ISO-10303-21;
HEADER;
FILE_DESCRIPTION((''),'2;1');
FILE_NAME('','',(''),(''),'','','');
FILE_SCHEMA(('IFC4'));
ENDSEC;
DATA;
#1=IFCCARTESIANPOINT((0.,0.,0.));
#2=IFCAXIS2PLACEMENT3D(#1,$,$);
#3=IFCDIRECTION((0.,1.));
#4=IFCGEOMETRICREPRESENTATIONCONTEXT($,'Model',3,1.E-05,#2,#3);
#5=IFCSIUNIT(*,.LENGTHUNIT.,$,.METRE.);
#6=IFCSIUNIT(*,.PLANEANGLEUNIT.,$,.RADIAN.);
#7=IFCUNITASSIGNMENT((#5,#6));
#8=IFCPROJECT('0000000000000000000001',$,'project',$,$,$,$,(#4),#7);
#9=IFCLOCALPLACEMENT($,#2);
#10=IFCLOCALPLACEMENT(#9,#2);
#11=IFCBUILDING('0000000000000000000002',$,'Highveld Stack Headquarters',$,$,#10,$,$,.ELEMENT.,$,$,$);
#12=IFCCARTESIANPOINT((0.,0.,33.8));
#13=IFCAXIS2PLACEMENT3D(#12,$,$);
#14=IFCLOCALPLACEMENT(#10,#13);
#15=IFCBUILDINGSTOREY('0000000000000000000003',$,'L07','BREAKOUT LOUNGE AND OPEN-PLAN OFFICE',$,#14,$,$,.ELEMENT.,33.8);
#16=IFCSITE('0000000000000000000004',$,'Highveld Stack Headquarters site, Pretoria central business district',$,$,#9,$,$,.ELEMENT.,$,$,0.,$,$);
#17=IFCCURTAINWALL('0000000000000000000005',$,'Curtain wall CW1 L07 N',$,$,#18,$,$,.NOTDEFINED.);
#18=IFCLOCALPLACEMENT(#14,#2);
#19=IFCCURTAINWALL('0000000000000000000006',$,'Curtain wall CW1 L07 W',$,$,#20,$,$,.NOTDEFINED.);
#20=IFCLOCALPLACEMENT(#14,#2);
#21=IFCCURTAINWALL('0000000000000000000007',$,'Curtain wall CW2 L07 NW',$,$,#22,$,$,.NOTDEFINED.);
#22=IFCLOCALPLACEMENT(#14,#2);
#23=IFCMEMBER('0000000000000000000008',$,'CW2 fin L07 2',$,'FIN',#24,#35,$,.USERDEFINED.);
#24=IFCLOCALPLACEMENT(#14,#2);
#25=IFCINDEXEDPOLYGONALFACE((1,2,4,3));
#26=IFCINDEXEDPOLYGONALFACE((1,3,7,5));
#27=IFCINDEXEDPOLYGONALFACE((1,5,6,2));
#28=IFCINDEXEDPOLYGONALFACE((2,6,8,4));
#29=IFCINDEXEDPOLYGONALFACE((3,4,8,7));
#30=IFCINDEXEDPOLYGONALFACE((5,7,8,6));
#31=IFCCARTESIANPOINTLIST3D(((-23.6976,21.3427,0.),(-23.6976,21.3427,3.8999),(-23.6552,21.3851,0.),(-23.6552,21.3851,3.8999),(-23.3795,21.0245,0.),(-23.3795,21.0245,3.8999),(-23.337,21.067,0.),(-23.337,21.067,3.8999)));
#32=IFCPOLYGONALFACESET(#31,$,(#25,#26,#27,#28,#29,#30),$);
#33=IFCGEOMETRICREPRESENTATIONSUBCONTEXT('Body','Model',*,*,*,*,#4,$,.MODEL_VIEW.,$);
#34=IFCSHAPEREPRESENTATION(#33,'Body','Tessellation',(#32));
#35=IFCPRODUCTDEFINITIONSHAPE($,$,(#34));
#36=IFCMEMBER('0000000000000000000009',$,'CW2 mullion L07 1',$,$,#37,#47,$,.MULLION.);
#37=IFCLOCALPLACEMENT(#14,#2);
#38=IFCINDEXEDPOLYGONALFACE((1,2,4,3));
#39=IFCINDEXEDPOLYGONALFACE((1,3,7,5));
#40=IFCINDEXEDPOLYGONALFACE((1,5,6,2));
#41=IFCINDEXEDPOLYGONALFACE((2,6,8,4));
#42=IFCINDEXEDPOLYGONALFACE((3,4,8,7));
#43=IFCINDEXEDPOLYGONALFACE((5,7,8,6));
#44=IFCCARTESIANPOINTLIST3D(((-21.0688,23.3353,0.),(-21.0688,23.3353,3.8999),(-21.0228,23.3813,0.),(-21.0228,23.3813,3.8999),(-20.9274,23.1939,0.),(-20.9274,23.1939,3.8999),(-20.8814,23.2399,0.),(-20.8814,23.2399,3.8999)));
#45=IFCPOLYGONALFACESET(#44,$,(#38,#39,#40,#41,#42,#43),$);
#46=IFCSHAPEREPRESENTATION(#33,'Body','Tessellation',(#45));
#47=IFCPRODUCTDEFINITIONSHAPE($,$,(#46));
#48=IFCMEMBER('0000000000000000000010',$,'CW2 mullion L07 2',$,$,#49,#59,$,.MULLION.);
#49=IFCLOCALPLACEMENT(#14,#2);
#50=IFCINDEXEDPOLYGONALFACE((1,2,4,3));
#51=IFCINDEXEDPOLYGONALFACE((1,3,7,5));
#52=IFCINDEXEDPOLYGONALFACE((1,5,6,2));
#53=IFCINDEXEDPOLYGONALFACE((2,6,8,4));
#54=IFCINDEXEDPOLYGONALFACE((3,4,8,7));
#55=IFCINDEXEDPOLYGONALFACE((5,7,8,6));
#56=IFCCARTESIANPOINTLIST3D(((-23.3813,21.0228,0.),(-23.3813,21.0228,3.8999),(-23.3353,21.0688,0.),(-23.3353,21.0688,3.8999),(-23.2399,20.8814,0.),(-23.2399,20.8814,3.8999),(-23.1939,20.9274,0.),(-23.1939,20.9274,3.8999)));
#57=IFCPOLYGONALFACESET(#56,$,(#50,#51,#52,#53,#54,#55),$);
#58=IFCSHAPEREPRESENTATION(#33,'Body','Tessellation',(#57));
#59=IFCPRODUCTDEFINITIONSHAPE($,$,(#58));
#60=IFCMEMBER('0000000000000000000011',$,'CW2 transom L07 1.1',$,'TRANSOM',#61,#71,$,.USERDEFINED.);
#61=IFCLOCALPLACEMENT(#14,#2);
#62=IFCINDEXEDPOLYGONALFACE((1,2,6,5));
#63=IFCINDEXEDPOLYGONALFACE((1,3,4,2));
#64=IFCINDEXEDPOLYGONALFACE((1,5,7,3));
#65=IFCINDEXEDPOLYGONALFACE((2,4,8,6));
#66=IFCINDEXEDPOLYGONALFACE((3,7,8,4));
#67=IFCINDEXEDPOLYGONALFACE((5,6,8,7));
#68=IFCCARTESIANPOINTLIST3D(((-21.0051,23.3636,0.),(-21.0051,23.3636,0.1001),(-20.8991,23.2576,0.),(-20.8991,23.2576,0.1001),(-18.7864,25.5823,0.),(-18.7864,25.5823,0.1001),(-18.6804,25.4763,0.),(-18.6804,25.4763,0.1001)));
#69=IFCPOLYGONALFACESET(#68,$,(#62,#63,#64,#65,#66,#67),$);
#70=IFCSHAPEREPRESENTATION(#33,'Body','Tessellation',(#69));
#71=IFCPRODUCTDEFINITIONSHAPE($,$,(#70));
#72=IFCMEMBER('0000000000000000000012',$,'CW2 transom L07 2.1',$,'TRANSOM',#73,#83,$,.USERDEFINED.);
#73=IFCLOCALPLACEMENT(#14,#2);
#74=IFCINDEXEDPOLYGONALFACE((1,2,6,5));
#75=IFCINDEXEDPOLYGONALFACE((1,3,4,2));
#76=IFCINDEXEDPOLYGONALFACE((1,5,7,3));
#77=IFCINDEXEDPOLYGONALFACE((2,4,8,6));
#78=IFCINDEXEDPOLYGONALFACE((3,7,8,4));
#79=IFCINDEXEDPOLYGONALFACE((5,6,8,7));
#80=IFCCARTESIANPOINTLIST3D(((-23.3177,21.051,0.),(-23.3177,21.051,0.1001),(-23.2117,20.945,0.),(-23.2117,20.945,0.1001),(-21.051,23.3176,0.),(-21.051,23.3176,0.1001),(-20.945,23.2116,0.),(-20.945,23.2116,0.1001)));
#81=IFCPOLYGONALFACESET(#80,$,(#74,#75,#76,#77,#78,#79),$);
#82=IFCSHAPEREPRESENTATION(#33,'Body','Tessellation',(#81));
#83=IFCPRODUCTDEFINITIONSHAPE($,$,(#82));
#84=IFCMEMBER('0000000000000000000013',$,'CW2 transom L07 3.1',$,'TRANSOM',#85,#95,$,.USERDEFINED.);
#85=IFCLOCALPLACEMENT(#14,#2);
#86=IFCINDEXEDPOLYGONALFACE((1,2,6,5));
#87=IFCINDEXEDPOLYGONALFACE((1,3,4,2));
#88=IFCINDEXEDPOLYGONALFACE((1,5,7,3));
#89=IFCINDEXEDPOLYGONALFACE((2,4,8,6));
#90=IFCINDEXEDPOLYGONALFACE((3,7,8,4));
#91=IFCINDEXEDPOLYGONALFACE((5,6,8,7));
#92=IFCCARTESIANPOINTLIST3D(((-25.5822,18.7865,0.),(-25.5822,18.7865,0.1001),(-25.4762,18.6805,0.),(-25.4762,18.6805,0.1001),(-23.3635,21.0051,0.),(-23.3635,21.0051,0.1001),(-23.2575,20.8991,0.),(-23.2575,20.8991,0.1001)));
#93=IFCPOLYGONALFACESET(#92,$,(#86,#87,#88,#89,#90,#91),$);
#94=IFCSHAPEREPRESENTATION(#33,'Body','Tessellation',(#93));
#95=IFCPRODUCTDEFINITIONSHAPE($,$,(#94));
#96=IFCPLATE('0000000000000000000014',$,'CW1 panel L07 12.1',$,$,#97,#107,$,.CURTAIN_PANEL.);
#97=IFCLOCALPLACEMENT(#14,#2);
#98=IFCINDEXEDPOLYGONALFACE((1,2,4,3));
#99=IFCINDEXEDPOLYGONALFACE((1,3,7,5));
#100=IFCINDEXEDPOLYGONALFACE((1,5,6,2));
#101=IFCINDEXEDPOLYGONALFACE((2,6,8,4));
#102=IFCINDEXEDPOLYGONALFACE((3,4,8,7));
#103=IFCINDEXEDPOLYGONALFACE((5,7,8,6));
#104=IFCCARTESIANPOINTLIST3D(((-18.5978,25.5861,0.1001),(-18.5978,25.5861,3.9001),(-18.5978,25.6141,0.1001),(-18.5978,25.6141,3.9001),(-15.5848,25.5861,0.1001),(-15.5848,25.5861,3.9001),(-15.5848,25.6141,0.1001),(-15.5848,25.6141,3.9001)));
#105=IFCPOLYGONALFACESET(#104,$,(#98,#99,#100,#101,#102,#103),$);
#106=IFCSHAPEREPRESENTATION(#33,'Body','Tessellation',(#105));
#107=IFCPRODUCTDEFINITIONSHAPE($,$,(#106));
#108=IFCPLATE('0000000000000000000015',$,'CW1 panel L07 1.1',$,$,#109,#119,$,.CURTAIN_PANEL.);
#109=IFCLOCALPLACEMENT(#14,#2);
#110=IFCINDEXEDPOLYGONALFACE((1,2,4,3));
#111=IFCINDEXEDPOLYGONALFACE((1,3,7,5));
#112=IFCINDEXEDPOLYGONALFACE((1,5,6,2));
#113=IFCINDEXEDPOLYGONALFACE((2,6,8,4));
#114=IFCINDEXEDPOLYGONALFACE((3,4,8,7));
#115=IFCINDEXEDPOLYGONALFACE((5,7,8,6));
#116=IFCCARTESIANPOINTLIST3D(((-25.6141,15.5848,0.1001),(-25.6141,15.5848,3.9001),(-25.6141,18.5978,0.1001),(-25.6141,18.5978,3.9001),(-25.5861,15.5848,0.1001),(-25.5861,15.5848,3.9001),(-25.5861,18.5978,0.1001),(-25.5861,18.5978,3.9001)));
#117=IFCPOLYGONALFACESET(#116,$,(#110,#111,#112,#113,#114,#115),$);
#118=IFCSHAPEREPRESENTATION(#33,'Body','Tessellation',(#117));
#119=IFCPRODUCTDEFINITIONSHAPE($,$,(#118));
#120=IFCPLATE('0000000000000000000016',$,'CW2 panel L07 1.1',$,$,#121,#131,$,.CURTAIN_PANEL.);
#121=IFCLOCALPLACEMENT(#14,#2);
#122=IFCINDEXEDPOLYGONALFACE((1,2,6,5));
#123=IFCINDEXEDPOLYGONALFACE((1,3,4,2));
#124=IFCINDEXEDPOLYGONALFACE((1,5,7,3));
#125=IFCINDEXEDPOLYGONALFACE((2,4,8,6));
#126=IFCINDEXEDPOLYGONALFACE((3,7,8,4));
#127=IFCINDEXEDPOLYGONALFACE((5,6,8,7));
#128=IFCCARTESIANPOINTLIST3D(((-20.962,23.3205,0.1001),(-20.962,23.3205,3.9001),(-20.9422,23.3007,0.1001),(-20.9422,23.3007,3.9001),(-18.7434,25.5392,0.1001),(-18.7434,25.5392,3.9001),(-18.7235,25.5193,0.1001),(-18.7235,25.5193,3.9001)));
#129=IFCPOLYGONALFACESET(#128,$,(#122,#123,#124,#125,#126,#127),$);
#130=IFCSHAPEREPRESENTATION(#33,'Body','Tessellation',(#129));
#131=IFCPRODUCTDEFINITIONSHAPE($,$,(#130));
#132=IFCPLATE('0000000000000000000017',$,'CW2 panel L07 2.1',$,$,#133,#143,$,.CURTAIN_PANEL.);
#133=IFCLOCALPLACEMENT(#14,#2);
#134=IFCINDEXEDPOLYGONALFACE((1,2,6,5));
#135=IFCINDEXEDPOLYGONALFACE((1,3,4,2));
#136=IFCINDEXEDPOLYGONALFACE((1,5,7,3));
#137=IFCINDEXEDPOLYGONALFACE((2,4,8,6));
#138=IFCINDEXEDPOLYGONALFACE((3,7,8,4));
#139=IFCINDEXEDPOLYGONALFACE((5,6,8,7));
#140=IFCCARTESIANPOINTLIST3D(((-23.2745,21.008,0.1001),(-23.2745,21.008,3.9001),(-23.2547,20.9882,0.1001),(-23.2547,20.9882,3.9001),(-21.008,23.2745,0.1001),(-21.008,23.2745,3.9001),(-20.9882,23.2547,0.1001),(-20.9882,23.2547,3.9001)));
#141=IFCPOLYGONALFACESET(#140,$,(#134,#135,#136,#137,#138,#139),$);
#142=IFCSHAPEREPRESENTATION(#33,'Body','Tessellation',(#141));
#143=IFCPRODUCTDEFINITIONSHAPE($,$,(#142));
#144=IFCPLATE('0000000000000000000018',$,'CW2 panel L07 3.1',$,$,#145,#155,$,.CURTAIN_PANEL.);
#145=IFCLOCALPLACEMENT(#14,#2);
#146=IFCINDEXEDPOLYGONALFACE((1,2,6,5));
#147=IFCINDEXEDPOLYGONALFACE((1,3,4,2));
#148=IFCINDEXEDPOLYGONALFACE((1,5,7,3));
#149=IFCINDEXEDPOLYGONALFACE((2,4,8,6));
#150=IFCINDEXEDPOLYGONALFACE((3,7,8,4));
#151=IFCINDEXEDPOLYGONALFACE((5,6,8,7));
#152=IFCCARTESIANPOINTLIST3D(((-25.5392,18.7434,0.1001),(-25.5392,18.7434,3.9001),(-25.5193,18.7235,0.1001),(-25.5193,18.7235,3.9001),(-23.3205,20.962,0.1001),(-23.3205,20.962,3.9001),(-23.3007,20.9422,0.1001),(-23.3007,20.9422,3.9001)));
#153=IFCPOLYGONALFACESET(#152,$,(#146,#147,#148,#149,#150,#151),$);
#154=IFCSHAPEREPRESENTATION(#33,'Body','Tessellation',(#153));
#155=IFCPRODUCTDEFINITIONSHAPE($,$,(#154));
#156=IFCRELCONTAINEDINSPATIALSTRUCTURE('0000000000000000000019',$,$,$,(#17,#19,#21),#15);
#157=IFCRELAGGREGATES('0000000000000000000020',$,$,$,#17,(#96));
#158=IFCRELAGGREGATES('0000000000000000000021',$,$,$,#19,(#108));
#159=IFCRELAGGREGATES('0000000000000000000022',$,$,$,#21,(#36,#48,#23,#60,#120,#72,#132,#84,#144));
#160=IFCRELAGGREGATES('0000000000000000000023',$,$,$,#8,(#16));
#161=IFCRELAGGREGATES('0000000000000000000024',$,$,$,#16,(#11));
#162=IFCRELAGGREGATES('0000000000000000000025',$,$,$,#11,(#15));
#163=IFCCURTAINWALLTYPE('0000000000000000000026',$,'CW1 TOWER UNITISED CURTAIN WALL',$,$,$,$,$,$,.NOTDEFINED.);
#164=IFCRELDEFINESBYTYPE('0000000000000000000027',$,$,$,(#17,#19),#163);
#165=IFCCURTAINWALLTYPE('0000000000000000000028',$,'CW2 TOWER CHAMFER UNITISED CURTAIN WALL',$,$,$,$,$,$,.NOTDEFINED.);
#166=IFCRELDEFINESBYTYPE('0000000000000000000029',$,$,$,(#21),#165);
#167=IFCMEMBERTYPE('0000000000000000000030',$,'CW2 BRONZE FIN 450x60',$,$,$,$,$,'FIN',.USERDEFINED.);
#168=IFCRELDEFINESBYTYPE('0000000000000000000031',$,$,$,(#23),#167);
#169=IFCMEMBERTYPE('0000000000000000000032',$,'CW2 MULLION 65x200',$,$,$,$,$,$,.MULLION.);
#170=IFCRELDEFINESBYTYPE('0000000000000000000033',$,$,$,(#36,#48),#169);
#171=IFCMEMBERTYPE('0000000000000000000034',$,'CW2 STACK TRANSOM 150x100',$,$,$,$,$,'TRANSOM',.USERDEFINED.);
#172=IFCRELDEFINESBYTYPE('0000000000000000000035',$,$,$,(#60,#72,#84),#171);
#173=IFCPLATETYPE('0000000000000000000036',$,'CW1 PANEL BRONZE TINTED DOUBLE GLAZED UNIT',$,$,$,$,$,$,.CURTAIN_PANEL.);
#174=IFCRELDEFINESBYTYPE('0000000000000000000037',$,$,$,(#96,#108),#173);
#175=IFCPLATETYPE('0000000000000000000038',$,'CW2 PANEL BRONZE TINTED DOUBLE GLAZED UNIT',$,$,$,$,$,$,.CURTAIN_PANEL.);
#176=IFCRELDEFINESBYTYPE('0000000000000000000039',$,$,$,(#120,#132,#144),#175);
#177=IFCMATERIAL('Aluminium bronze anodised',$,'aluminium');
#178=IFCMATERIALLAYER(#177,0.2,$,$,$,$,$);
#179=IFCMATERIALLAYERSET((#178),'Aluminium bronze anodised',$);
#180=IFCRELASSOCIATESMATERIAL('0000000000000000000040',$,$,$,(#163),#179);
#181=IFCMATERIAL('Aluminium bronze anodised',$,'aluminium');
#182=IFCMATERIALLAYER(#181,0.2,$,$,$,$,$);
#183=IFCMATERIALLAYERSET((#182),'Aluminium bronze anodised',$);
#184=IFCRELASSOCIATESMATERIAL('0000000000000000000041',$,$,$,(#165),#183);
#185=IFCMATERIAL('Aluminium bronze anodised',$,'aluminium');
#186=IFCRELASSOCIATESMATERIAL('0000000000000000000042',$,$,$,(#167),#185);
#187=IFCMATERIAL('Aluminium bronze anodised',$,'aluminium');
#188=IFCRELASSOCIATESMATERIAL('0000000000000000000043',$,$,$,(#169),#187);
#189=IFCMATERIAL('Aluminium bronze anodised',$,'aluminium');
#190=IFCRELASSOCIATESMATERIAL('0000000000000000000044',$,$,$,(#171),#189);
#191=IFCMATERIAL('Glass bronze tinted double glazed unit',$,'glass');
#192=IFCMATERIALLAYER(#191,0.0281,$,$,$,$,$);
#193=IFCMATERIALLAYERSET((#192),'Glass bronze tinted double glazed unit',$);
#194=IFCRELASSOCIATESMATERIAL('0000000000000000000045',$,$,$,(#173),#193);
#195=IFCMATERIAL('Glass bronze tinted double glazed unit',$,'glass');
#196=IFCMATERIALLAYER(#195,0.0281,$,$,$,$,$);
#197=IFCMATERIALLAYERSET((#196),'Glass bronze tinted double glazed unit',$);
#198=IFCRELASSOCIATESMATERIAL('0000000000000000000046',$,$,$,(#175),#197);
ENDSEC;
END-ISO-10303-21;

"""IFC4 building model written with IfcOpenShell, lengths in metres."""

from ifc_helpers import new_model, si_unit, direction, frame, origin, origin_2d, place, context, subcontext, project, spatial, rectangle, extrude, material, layer, layer_set, material_profile, profile_set, type_object, element, aggregate, save


model = new_model("IFC4")

# Units and contexts
model_context = context("Model", 3, precision=1e-05, world=origin(), true_north=direction((0.0, 1.0)))
body_context = subcontext(model_context, "Body", "Model", "MODEL_VIEW")
ifc_project = project(units=[si_unit("LENGTHUNIT", "METRE"), si_unit("PLANEANGLEUNIT", "RADIAN")], contexts=[model_context])

# Site, building, storey
site_placement = place(None, origin())
site = spatial("IfcSite", under=ifc_project, at=site_placement, Name="Highveld Stack Headquarters site, Pretoria central business district", CompositionType="ELEMENT", RefElevation=0.0)
building_placement = place(site_placement, origin())
building = spatial("IfcBuilding", under=site, at=building_placement, Name="Highveld Stack Headquarters", CompositionType="ELEMENT")
storey_placement = place(building_placement, frame((0.0, 0.0, 33.8)))
storey = spatial("IfcBuildingStorey", under=building, at=storey_placement, Name="L07", Description="BREAKOUT LOUNGE AND OPEN-PLAN OFFICE", CompositionType="ELEMENT", Elevation=33.8)

# Curtain wall
ifc_material_1 = material(Name="Aluminium bronze anodised", Category="aluminium")
ifc_layer_1 = layer(ifc_material_1, 0.2)
ifc_layer_set_1 = layer_set([ifc_layer_1], Name="Aluminium bronze anodised")
curtain_wall_type_1 = type_object("IfcCurtainWallType", Name="CW1 TOWER UNITISED CURTAIN WALL", PredefinedType="NOTDEFINED", material=ifc_layer_set_1)
curtain_wall_1_placement = place(storey_placement, origin())
curtain_wall_1 = element("IfcCurtainWall", 1, at=curtain_wall_1_placement, inside=storey, type_object=curtain_wall_type_1, Name="Curtain wall CW1 L07 N", PredefinedType="NOTDEFINED")

# Curtain wall
curtain_wall_2_placement = place(storey_placement, origin())
curtain_wall_2 = element("IfcCurtainWall", 2, at=curtain_wall_2_placement, inside=storey, type_object=curtain_wall_type_1, Name="Curtain wall CW1 L07 W", PredefinedType="NOTDEFINED")

# Curtain wall, members
ifc_material_2 = material(Name="Aluminium bronze anodised", Category="aluminium")
ifc_layer_2 = layer(ifc_material_2, 0.2)
ifc_layer_set_2 = layer_set([ifc_layer_2], Name="Aluminium bronze anodised")
curtain_wall_type_2 = type_object("IfcCurtainWallType", Name="CW2 TOWER CHAMFER UNITISED CURTAIN WALL", PredefinedType="NOTDEFINED", material=ifc_layer_set_2)
curtain_wall_3_placement = place(storey_placement, origin())
curtain_wall_3 = element("IfcCurtainWall", 3, at=curtain_wall_3_placement, inside=storey, type_object=curtain_wall_type_2, Name="Curtain wall CW2 L07 NW", PredefinedType="NOTDEFINED")
ifc_material_3 = material(Name="Aluminium bronze anodised", Category="aluminium")
ifc_material_profile_1 = material_profile(ifc_material_3, rectangle(XDim=0.45, YDim=0.0601, at=origin_2d()), Name="FIN 450x60")
ifc_profile_set_1 = profile_set([ifc_material_profile_1], Name="Aluminium bronze anodised")
member_type_1 = type_object("IfcMemberType", Name="CW2 BRONZE FIN 450x60", ElementType="FIN", PredefinedType="USERDEFINED", material=ifc_profile_set_1)
member_1_placement = place(storey_placement, frame((-23.5173, 21.2048, 0.0), z_axis=(0.0, 0.0, 1.0), x_axis=(0.707107, -0.707107, 0.0)))
member_1 = element("IfcMember", 4, at=member_1_placement, type_object=member_type_1, Name="CW2 fin L07 2", ObjectType="FIN", PredefinedType="USERDEFINED", context=body_context, shape_type="SweptSolid", body=[
    extrude(rectangle(XDim=0.45, YDim=0.0601, at=origin_2d()), origin(), (0.0, 0.0, 1.0), 3.8999),
])
ifc_material_4 = material(Name="Aluminium bronze anodised", Category="aluminium")
ifc_material_profile_2 = material_profile(ifc_material_4, rectangle(XDim=0.2, YDim=0.0649, at=origin_2d()), Name="CW2 MULLION 65x200")
ifc_profile_set_2 = profile_set([ifc_material_profile_2], Name="Aluminium bronze anodised")
member_type_2 = type_object("IfcMemberType", Name="CW2 MULLION 65x200", PredefinedType="MULLION", material=ifc_profile_set_2)
member_2_placement = place(storey_placement, frame((-20.9751, 23.2876, 0.0), z_axis=(0.0, 0.0, 1.0), x_axis=(0.707107, -0.707107, 0.0)))
member_2 = element("IfcMember", 5, at=member_2_placement, type_object=member_type_2, Name="CW2 mullion L07 1", PredefinedType="MULLION", context=body_context, shape_type="SweptSolid", body=[
    extrude(rectangle(XDim=0.2, YDim=0.0649, at=origin_2d()), origin(), (0.0, 0.0, 1.0), 3.8999),
])
member_3_placement = place(storey_placement, frame((-23.2876, 20.9751, 0.0), z_axis=(0.0, 0.0, 1.0), x_axis=(0.707107, -0.707107, 0.0)))
member_3 = element("IfcMember", 6, at=member_3_placement, type_object=member_type_2, Name="CW2 mullion L07 2", PredefinedType="MULLION", context=body_context, shape_type="SweptSolid", body=[
    extrude(rectangle(XDim=0.2, YDim=0.0649, at=origin_2d()), origin(), (0.0, 0.0, 1.0), 3.8999),
])
ifc_material_5 = material(Name="Aluminium bronze anodised", Category="aluminium")
ifc_material_profile_3 = material_profile(ifc_material_5, rectangle(XDim=0.1499, YDim=0.1001, at=origin_2d()), Name="CW2 TRANSOM 150x100")
ifc_profile_set_3 = profile_set([ifc_material_profile_3], Name="Aluminium bronze anodised")
member_type_3 = type_object("IfcMemberType", Name="CW2 STACK TRANSOM 150x100", ElementType="TRANSOM", PredefinedType="USERDEFINED", material=ifc_profile_set_3)
member_4_placement = place(storey_placement, frame((-18.7334, 25.5293, 0.05), z_axis=(-0.707107, -0.707107, 0.0), x_axis=(0.707107, -0.707107, 0.0)))
member_4 = element("IfcMember", 7, at=member_4_placement, type_object=member_type_3, Name="CW2 transom L07 1.1", ObjectType="TRANSOM", PredefinedType="USERDEFINED", context=body_context, shape_type="SweptSolid", body=[
    extrude(rectangle(XDim=0.1499, YDim=0.1001, at=origin_2d()), origin(), (0.0, 0.0, 1.0), 3.1377),
])
member_5_placement = place(storey_placement, frame((-20.998, 23.2646, 0.05), z_axis=(-0.707107, -0.707107, 0.0), x_axis=(0.707107, -0.707107, 0.0)))
member_5 = element("IfcMember", 8, at=member_5_placement, type_object=member_type_3, Name="CW2 transom L07 2.1", ObjectType="TRANSOM", PredefinedType="USERDEFINED", context=body_context, shape_type="SweptSolid", body=[
    extrude(rectangle(XDim=0.1499, YDim=0.1001, at=origin_2d()), origin(), (0.0, 0.0, 1.0), 3.2056),
])
member_6_placement = place(storey_placement, frame((-23.3105, 20.9521, 0.05), z_axis=(-0.707107, -0.707107, 0.0), x_axis=(0.707107, -0.707107, 0.0)))
member_6 = element("IfcMember", 9, at=member_6_placement, type_object=member_type_3, Name="CW2 transom L07 3.1", ObjectType="TRANSOM", PredefinedType="USERDEFINED", context=body_context, shape_type="SweptSolid", body=[
    extrude(rectangle(XDim=0.1499, YDim=0.1001, at=origin_2d()), origin(), (0.0, 0.0, 1.0), 3.1377),
])

# Plates
ifc_material_6 = material(Name="Glass bronze tinted double glazed unit", Category="glass")
ifc_layer_3 = layer(ifc_material_6, 0.0281)
ifc_layer_set_3 = layer_set([ifc_layer_3], Name="Glass bronze tinted double glazed unit")
plate_type_1 = type_object("IfcPlateType", Name="CW1 PANEL BRONZE TINTED DOUBLE GLAZED UNIT", PredefinedType="CURTAIN_PANEL", material=ifc_layer_set_3)
plate_1_placement = place(storey_placement, frame((-17.0913, 25.6001, 0.1001), z_axis=(0.0, 0.0, 1.0), x_axis=(-1.0, 0.0, 0.0)))
plate_1 = element("IfcPlate", 10, at=plate_1_placement, type_object=plate_type_1, Name="CW1 panel L07 12.1", PredefinedType="CURTAIN_PANEL", context=body_context, shape_type="SweptSolid", body=[
    extrude(rectangle(XDim=3.0129, YDim=0.0281, at=origin_2d()), origin(), (0.0, 0.0, 1.0), 3.8),
])
aggregate(curtain_wall_1, [plate_1])
plate_2_placement = place(storey_placement, frame((-25.6001, 17.0913, 0.1001), z_axis=(0.0, 0.0, 1.0), x_axis=(0.0, -1.0, 0.0)))
plate_2 = element("IfcPlate", 11, at=plate_2_placement, type_object=plate_type_1, Name="CW1 panel L07 1.1", PredefinedType="CURTAIN_PANEL", context=body_context, shape_type="SweptSolid", body=[
    extrude(rectangle(XDim=3.0129, YDim=0.0281, at=origin_2d()), origin(), (0.0, 0.0, 1.0), 3.8),
])
aggregate(curtain_wall_2, [plate_2])
ifc_material_7 = material(Name="Glass bronze tinted double glazed unit", Category="glass")
ifc_layer_4 = layer(ifc_material_7, 0.0281)
ifc_layer_set_4 = layer_set([ifc_layer_4], Name="Glass bronze tinted double glazed unit")
plate_type_2 = type_object("IfcPlateType", Name="CW2 PANEL BRONZE TINTED DOUBLE GLAZED UNIT", PredefinedType="CURTAIN_PANEL", material=ifc_layer_set_4)
plate_3_placement = place(storey_placement, frame((-19.8428, 24.4199, 0.1001), z_axis=(0.0, 0.0, 1.0), x_axis=(-0.707107, -0.707107, 0.0)))
plate_3 = element("IfcPlate", 12, at=plate_3_placement, type_object=plate_type_2, Name="CW2 panel L07 1.1", PredefinedType="CURTAIN_PANEL", context=body_context, shape_type="SweptSolid", body=[
    extrude(rectangle(XDim=3.1377, YDim=0.0281, at=origin_2d()), origin(), (0.0, 0.0, 1.0), 3.8),
])
plate_4_placement = place(storey_placement, frame((-22.1313, 22.1313, 0.1001), z_axis=(0.0, 0.0, 1.0), x_axis=(-0.707107, -0.707107, 0.0)))
plate_4 = element("IfcPlate", 13, at=plate_4_placement, type_object=plate_type_2, Name="CW2 panel L07 2.1", PredefinedType="CURTAIN_PANEL", context=body_context, shape_type="SweptSolid", body=[
    extrude(rectangle(XDim=3.2053, YDim=0.0281, at=origin_2d()), origin(), (0.0, 0.0, 1.0), 3.8),
])
plate_5_placement = place(storey_placement, frame((-24.4199, 19.8428, 0.1001), z_axis=(0.0, 0.0, 1.0), x_axis=(-0.707107, -0.707107, 0.0)))
plate_5 = element("IfcPlate", 14, at=plate_5_placement, type_object=plate_type_2, Name="CW2 panel L07 3.1", PredefinedType="CURTAIN_PANEL", context=body_context, shape_type="SweptSolid", body=[
    extrude(rectangle(XDim=3.1377, YDim=0.0281, at=origin_2d()), origin(), (0.0, 0.0, 1.0), 3.8),
])
aggregate(curtain_wall_3, [member_2, member_3, member_1, member_4, plate_3, member_5, plate_4, member_6, plate_5])

save(model, "model.ifc")
